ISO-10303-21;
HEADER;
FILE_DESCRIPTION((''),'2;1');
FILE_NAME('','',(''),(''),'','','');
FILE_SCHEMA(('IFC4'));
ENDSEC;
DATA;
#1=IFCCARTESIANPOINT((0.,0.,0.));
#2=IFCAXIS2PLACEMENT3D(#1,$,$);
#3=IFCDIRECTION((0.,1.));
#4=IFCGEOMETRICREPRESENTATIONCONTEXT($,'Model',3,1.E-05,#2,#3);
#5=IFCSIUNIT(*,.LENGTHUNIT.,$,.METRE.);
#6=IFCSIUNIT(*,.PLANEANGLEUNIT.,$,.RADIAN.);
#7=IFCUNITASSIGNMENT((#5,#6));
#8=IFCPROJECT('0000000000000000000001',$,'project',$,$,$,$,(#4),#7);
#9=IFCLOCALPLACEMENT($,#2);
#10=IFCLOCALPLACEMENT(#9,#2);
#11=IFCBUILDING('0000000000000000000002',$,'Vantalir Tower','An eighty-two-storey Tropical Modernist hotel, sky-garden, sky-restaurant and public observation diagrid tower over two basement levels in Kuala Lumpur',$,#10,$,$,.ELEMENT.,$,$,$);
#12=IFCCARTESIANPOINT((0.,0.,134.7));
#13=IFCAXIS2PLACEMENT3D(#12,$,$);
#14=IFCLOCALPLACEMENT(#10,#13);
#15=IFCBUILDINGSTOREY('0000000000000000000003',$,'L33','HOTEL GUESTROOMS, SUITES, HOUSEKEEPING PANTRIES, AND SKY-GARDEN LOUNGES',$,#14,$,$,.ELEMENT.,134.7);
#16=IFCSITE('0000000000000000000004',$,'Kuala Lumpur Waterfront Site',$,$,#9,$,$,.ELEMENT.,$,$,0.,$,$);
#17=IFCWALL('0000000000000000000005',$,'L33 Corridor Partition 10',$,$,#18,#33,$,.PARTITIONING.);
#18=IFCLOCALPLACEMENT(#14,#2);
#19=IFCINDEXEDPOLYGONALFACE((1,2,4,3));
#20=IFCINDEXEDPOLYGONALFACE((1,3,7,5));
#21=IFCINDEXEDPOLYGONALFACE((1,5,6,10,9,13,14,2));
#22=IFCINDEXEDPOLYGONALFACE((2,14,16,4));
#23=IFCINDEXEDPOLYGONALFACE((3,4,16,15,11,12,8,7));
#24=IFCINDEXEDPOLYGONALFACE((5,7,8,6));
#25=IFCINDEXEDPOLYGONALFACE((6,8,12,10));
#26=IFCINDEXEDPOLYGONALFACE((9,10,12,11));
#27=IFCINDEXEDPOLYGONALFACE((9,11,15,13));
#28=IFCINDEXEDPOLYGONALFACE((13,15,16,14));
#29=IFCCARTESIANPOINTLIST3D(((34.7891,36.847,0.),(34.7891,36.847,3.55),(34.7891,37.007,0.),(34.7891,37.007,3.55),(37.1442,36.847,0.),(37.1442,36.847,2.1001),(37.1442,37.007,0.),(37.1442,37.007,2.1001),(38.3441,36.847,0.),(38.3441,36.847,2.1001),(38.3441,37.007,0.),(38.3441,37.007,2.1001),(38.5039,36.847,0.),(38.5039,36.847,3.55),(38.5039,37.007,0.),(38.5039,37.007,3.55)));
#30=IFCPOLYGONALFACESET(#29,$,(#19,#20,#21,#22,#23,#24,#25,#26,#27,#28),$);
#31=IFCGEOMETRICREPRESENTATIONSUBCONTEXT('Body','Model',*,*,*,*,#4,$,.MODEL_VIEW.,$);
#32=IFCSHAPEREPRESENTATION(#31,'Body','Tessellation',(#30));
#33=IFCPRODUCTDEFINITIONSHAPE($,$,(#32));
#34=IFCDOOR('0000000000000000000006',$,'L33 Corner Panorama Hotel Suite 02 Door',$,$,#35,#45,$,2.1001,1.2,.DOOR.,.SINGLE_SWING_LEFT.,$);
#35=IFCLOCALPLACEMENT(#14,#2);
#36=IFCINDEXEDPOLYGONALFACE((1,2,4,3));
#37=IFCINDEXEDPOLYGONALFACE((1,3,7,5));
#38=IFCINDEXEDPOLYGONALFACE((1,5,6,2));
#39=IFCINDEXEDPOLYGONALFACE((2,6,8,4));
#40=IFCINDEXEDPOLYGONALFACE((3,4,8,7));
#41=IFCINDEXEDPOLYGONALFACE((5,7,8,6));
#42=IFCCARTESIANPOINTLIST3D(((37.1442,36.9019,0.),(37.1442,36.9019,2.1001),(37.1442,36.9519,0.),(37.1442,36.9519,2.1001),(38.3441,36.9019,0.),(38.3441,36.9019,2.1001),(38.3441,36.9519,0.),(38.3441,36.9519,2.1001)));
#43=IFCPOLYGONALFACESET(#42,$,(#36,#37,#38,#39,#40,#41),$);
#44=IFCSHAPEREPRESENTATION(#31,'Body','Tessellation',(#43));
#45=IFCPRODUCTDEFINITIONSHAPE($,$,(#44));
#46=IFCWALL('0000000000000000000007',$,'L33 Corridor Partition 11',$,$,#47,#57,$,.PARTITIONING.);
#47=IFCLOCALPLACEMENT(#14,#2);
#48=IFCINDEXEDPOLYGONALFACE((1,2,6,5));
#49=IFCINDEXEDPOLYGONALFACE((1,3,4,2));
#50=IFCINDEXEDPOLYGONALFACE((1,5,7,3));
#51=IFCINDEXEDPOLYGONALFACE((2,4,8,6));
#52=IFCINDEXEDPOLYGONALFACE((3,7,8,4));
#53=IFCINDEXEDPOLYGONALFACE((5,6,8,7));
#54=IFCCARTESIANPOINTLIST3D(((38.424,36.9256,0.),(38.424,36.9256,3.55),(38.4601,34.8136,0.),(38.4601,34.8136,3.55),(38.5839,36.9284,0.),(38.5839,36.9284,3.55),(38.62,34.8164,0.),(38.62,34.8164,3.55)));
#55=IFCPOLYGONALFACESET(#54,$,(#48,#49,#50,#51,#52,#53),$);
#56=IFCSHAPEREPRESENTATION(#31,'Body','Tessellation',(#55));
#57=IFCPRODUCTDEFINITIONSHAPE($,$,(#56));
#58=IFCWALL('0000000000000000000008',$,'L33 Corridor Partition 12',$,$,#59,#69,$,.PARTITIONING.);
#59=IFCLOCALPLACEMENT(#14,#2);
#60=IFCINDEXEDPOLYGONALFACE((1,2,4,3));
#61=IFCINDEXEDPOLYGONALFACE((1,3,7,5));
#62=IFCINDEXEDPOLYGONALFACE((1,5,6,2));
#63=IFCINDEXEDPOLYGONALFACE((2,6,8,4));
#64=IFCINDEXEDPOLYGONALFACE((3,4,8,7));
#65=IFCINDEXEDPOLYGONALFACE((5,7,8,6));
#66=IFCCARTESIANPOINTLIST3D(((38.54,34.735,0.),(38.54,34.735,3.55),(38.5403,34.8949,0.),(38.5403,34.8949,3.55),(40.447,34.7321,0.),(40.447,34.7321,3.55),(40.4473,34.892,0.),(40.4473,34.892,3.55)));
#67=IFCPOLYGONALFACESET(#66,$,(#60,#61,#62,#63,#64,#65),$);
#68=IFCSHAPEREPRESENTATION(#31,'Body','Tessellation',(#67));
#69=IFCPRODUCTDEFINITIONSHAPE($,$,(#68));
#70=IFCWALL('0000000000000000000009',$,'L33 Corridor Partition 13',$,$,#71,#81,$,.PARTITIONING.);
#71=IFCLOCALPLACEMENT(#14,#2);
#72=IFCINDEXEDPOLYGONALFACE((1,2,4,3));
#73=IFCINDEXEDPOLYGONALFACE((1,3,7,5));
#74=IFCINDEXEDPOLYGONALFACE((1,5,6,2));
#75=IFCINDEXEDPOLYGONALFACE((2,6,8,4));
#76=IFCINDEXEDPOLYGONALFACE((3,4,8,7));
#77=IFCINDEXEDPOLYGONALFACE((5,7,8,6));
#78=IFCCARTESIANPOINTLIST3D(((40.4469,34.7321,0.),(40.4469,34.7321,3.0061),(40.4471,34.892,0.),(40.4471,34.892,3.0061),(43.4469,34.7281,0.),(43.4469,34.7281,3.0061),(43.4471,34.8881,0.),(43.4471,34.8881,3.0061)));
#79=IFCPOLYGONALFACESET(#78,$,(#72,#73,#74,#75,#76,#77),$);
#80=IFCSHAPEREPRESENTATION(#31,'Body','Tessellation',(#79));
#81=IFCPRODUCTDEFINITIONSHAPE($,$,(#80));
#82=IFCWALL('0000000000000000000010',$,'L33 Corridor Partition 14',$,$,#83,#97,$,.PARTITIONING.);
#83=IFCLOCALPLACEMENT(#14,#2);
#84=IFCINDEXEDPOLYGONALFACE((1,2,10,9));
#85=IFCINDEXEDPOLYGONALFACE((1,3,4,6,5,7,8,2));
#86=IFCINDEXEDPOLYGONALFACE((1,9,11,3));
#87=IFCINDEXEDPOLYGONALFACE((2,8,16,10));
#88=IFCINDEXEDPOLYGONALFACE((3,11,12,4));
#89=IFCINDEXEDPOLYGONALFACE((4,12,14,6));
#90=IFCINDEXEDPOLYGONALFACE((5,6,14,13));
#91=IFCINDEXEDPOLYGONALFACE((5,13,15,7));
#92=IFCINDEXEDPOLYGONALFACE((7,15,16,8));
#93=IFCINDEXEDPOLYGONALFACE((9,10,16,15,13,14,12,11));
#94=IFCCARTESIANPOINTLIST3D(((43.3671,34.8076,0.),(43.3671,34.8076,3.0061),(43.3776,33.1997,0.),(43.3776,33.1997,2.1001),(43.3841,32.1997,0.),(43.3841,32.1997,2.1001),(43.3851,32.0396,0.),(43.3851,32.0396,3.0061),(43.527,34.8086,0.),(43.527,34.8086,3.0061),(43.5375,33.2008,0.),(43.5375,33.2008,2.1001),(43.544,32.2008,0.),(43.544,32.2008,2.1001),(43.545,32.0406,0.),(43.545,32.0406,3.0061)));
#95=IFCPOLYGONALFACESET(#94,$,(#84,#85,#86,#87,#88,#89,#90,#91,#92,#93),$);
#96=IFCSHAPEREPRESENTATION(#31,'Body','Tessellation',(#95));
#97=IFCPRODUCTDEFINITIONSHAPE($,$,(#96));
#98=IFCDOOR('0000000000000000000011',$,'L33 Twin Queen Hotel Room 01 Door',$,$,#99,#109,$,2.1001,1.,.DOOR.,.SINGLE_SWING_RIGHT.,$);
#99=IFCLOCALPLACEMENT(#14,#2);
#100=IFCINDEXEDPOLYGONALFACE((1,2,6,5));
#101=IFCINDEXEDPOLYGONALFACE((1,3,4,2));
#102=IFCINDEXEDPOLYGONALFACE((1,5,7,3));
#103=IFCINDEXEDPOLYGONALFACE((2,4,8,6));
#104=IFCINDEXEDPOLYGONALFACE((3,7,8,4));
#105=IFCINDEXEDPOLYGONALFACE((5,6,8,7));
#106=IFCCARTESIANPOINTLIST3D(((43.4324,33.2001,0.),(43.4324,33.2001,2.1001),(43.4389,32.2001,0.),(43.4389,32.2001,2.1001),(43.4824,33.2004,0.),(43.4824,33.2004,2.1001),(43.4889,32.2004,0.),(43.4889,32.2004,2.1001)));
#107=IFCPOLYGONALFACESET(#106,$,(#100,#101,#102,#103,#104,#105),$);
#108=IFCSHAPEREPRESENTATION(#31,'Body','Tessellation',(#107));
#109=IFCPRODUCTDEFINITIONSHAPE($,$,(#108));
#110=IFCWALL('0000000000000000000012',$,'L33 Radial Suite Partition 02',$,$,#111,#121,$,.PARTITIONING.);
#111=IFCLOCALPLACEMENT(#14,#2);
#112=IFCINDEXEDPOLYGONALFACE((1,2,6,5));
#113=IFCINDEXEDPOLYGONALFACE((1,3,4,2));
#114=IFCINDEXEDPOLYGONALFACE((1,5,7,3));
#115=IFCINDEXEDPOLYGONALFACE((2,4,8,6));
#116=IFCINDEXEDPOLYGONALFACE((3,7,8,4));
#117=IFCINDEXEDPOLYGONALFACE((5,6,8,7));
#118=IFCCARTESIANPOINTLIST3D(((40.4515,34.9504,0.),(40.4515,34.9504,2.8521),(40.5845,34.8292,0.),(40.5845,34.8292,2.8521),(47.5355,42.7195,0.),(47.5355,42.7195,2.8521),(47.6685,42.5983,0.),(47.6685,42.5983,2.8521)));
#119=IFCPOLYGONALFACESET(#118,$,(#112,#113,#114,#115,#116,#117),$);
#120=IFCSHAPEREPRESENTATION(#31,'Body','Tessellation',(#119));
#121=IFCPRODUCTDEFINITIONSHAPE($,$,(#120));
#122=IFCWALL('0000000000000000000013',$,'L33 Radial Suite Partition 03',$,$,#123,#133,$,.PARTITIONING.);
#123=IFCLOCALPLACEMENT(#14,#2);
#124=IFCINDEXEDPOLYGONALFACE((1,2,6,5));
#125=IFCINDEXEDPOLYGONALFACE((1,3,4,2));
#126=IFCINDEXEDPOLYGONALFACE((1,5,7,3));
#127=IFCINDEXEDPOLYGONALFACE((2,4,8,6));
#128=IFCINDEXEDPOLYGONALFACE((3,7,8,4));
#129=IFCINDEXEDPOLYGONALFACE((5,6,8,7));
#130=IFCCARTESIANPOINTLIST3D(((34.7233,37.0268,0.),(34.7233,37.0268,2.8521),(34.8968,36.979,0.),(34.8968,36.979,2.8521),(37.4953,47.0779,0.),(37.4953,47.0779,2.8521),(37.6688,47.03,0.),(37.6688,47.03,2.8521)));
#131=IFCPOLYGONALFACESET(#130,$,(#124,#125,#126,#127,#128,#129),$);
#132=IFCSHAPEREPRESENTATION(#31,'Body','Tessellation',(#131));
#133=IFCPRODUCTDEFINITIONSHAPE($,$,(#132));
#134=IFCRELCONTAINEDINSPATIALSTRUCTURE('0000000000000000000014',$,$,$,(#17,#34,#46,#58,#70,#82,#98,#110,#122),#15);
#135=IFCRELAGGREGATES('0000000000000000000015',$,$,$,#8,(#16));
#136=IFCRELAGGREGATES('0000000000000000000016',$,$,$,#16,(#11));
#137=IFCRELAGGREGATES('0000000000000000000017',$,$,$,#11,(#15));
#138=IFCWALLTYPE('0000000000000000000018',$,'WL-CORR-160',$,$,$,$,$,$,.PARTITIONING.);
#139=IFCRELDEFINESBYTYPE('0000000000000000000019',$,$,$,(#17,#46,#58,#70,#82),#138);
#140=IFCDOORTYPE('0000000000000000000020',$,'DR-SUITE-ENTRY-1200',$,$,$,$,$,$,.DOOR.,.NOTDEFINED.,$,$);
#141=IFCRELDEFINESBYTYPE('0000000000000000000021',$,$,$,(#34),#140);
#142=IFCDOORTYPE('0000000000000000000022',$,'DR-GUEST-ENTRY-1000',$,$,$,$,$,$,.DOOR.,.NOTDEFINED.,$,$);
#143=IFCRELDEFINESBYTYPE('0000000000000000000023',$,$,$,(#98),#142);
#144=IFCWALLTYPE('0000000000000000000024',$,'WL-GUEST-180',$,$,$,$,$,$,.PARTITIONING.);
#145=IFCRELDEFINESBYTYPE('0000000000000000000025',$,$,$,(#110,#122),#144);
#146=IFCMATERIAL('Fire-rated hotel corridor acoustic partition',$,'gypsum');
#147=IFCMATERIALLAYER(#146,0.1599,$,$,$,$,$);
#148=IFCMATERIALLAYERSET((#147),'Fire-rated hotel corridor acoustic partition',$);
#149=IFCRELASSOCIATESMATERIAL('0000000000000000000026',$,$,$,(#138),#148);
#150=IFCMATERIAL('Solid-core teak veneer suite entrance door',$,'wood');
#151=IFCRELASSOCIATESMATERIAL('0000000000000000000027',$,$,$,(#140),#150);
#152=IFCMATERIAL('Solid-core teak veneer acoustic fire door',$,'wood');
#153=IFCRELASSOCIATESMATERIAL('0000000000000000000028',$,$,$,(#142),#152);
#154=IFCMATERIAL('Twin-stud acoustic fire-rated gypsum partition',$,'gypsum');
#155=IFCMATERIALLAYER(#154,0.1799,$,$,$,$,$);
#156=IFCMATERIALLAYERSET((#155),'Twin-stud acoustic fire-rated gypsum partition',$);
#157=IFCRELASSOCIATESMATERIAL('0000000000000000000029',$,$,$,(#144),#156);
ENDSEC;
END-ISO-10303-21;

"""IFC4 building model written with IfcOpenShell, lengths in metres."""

from ifc_helpers import new_model, si_unit, direction, frame, frame_2d, origin, place, context, subcontext, project, spatial, rectangle, extrude, material, layer, layer_set, type_object, element, fill, save


model = new_model("IFC4")

# Units and contexts
model_context = context("Model", 3, precision=1e-05, world=origin(), true_north=direction((0.0, 1.0)))
body_context = subcontext(model_context, "Body", "Model", "MODEL_VIEW")
ifc_project = project(units=[si_unit("LENGTHUNIT", "METRE"), si_unit("PLANEANGLEUNIT", "RADIAN")], contexts=[model_context])

# Site, building, storey
site_placement = place(None, origin())
site = spatial("IfcSite", under=ifc_project, at=site_placement, Name="Kuala Lumpur Waterfront Site", CompositionType="ELEMENT", RefElevation=0.0)
building_placement = place(site_placement, origin())
building = spatial("IfcBuilding", under=site, at=building_placement, Name="Vantalir Tower", Description="An eighty-two-storey Tropical Modernist hotel, sky-garden, sky-restaurant and public observation diagrid tower over two basement levels in Kuala Lumpur", CompositionType="ELEMENT")
storey_placement = place(building_placement, frame((0.0, 0.0, 134.7)))
storey = spatial("IfcBuildingStorey", under=building, at=storey_placement, Name="L33", Description="HOTEL GUESTROOMS, SUITES, HOUSEKEEPING PANTRIES, AND SKY-GARDEN LOUNGES", CompositionType="ELEMENT", Elevation=134.7)

# Wall, opening, door
ifc_material_1 = material(Name="Fire-rated hotel corridor acoustic partition", Category="gypsum")
ifc_layer_1 = layer(ifc_material_1, 0.1599)
ifc_layer_set_1 = layer_set([ifc_layer_1], Name="Fire-rated hotel corridor acoustic partition")
wall_type_1 = type_object("IfcWallType", Name="WL-CORR-160", PredefinedType="PARTITIONING", material=ifc_layer_set_1)
wall_1_placement = place(storey_placement, frame((34.7891, 36.927, 0.0), z_axis=(0.0, 0.0, 1.0), x_axis=(1.0, 0.0, 0.0)))
wall_1 = element("IfcWall", 1, at=wall_1_placement, inside=storey, type_object=wall_type_1, Name="L33 Corridor Partition 10", PredefinedType="PARTITIONING", context=body_context, shape_type="SweptSolid", body=[
    extrude(rectangle(XDim=3.7148, YDim=0.1599, at=frame_2d((1.8574, 0.0))), origin(), (0.0, 0.0, 1.0), 3.55),
])
opening_1_placement = place(wall_1_placement, frame((2.355, 0.0, 0.0)))
opening_1 = element("IfcOpeningElement", 2, at=opening_1_placement, cuts=wall_1, PredefinedType="OPENING", context=body_context, shape_type="SweptSolid", body=[
    extrude(rectangle(XDim=1.2, YDim=2.1001, at=frame_2d((0.6001, 1.05))), frame((0.0, 0.0898, 0.0), z_axis=(0.0, -1.0, 0.0), x_axis=(1.0, 0.0, 0.0)), (0.0, 0.0, 1.0), 0.1799),
])
ifc_material_2 = material(Name="Solid-core teak veneer suite entrance door", Category="wood")
door_type_1 = type_object("IfcDoorType", Name="DR-SUITE-ENTRY-1200", OperationType="NOTDEFINED", PredefinedType="DOOR", material=ifc_material_2)
door_1_placement = place(opening_1_placement, origin())
door_1 = element("IfcDoor", 3, at=door_1_placement, inside=storey, type_object=door_type_1, Name="L33 Corner Panorama Hotel Suite 02 Door", OperationType="SINGLE_SWING_LEFT", OverallHeight=2.1001, OverallWidth=1.2, PredefinedType="DOOR", context=body_context, shape_type="SweptSolid", body=[
    extrude(rectangle(XDim=1.2, YDim=2.1001, at=frame_2d((0.6001, 1.05))), frame((0.0, 0.0249, 0.0), z_axis=(0.0, -1.0, 0.0), x_axis=(1.0, 0.0, 0.0)), (0.0, 0.0, 1.0), 0.05),
])
fill(opening_1, door_1)

# Walls
wall_2_placement = place(storey_placement, frame((38.5039, 36.927, 0.0), z_axis=(0.0, 0.0, 1.0), x_axis=(0.017105, -0.999854, 0.0)))
element("IfcWall", 4, at=wall_2_placement, inside=storey, type_object=wall_type_1, Name="L33 Corridor Partition 11", PredefinedType="PARTITIONING", context=body_context, shape_type="SweptSolid", body=[
    extrude(rectangle(XDim=2.1123, YDim=0.1599, at=frame_2d((1.0562, 0.0))), origin(), (0.0, 0.0, 1.0), 3.55),
])
wall_3_placement = place(storey_placement, frame((38.54, 34.8149, 0.0), z_axis=(0.0, 0.0, 1.0), x_axis=(0.999999, -0.001536, 0.0)))
element("IfcWall", 5, at=wall_3_placement, inside=storey, type_object=wall_type_1, Name="L33 Corridor Partition 12", PredefinedType="PARTITIONING", context=body_context, shape_type="SweptSolid", body=[
    extrude(rectangle(XDim=1.907, YDim=0.1599, at=frame_2d((0.9536, 0.0))), origin(), (0.0, 0.0, 1.0), 3.55),
])
wall_4_placement = place(storey_placement, frame((40.447, 34.812, 0.0), z_axis=(0.0, 0.0, 1.0), x_axis=(0.999999, -0.001302, 0.0)))
element("IfcWall", 6, at=wall_4_placement, inside=storey, type_object=wall_type_1, Name="L33 Corridor Partition 13", PredefinedType="PARTITIONING", context=body_context, shape_type="SweptSolid", body=[
    extrude(rectangle(XDim=3.0, YDim=0.1599, at=frame_2d((1.5, 0.0))), origin(), (0.0, 0.0, 1.0), 3.0061),
])

# Wall, opening, door
wall_5_placement = place(storey_placement, frame((43.447, 34.8081, 0.0), z_axis=(0.0, 0.0, 1.0), x_axis=(0.006527, -0.999979, 0.0)))
wall_5 = element("IfcWall", 7, at=wall_5_placement, inside=storey, type_object=wall_type_1, Name="L33 Corridor Partition 14", PredefinedType="PARTITIONING", context=body_context, shape_type="SweptSolid", body=[
    extrude(rectangle(XDim=2.7681, YDim=0.1599, at=frame_2d((1.384, 0.0))), origin(), (0.0, 0.0, 1.0), 3.0061),
])
opening_2_placement = place(wall_5_placement, frame((1.6079, 0.0, 0.0)))
opening_2 = element("IfcOpeningElement", 8, at=opening_2_placement, cuts=wall_5, PredefinedType="OPENING", context=body_context, shape_type="SweptSolid", body=[
    extrude(rectangle(XDim=1.0, YDim=2.1001, at=frame_2d((0.5, 1.05))), frame((0.0, 0.0898, 0.0), z_axis=(0.0, -1.0, 0.0), x_axis=(1.0, 0.0, 0.0)), (0.0, 0.0, 1.0), 0.1799),
])
ifc_material_3 = material(Name="Solid-core teak veneer acoustic fire door", Category="wood")
door_type_2 = type_object("IfcDoorType", Name="DR-GUEST-ENTRY-1000", OperationType="NOTDEFINED", PredefinedType="DOOR", material=ifc_material_3)
door_2_placement = place(opening_2_placement, origin())
door_2 = element("IfcDoor", 9, at=door_2_placement, inside=storey, type_object=door_type_2, Name="L33 Twin Queen Hotel Room 01 Door", OperationType="SINGLE_SWING_RIGHT", OverallHeight=2.1001, OverallWidth=1.0, PredefinedType="DOOR", context=body_context, shape_type="SweptSolid", body=[
    extrude(rectangle(XDim=1.0, YDim=2.1001, at=frame_2d((0.5, 1.05))), frame((0.0, 0.0249, 0.0), z_axis=(0.0, -1.0, 0.0), x_axis=(1.0, 0.0, 0.0)), (0.0, 0.0, 1.0), 0.05),
])
fill(opening_2, door_2)

# Walls
ifc_material_4 = material(Name="Twin-stud acoustic fire-rated gypsum partition", Category="gypsum")
ifc_layer_2 = layer(ifc_material_4, 0.1799)
ifc_layer_set_2 = layer_set([ifc_layer_2], Name="Twin-stud acoustic fire-rated gypsum partition")
wall_type_2 = type_object("IfcWallType", Name="WL-GUEST-180", PredefinedType="PARTITIONING", material=ifc_layer_set_2)
wall_6_placement = place(storey_placement, frame((40.5181, 34.8899, 0.0), z_axis=(0.0, 0.0, 1.0), x_axis=(0.673777, 0.738935, 0.0)))
element("IfcWall", 10, at=wall_6_placement, inside=storey, type_object=wall_type_2, Name="L33 Radial Suite Partition 02", PredefinedType="PARTITIONING", context=body_context, shape_type="SweptSolid", body=[
    extrude(rectangle(XDim=10.5139, YDim=0.1799, at=frame_2d((5.2568, 0.0))), origin(), (0.0, 0.0, 1.0), 2.8521),
])
wall_7_placement = place(storey_placement, frame((34.8101, 37.0029, 0.0), z_axis=(0.0, 0.0, 1.0), x_axis=(0.265864, 0.96401, 0.0)))
element("IfcWall", 11, at=wall_7_placement, inside=storey, type_object=wall_type_2, Name="L33 Radial Suite Partition 03", PredefinedType="PARTITIONING", context=body_context, shape_type="SweptSolid", body=[
    extrude(rectangle(XDim=10.4263, YDim=0.1799, at=frame_2d((5.2131, 0.0))), origin(), (0.0, 0.0, 1.0), 2.8521),
])

save(model, "model.ifc")
